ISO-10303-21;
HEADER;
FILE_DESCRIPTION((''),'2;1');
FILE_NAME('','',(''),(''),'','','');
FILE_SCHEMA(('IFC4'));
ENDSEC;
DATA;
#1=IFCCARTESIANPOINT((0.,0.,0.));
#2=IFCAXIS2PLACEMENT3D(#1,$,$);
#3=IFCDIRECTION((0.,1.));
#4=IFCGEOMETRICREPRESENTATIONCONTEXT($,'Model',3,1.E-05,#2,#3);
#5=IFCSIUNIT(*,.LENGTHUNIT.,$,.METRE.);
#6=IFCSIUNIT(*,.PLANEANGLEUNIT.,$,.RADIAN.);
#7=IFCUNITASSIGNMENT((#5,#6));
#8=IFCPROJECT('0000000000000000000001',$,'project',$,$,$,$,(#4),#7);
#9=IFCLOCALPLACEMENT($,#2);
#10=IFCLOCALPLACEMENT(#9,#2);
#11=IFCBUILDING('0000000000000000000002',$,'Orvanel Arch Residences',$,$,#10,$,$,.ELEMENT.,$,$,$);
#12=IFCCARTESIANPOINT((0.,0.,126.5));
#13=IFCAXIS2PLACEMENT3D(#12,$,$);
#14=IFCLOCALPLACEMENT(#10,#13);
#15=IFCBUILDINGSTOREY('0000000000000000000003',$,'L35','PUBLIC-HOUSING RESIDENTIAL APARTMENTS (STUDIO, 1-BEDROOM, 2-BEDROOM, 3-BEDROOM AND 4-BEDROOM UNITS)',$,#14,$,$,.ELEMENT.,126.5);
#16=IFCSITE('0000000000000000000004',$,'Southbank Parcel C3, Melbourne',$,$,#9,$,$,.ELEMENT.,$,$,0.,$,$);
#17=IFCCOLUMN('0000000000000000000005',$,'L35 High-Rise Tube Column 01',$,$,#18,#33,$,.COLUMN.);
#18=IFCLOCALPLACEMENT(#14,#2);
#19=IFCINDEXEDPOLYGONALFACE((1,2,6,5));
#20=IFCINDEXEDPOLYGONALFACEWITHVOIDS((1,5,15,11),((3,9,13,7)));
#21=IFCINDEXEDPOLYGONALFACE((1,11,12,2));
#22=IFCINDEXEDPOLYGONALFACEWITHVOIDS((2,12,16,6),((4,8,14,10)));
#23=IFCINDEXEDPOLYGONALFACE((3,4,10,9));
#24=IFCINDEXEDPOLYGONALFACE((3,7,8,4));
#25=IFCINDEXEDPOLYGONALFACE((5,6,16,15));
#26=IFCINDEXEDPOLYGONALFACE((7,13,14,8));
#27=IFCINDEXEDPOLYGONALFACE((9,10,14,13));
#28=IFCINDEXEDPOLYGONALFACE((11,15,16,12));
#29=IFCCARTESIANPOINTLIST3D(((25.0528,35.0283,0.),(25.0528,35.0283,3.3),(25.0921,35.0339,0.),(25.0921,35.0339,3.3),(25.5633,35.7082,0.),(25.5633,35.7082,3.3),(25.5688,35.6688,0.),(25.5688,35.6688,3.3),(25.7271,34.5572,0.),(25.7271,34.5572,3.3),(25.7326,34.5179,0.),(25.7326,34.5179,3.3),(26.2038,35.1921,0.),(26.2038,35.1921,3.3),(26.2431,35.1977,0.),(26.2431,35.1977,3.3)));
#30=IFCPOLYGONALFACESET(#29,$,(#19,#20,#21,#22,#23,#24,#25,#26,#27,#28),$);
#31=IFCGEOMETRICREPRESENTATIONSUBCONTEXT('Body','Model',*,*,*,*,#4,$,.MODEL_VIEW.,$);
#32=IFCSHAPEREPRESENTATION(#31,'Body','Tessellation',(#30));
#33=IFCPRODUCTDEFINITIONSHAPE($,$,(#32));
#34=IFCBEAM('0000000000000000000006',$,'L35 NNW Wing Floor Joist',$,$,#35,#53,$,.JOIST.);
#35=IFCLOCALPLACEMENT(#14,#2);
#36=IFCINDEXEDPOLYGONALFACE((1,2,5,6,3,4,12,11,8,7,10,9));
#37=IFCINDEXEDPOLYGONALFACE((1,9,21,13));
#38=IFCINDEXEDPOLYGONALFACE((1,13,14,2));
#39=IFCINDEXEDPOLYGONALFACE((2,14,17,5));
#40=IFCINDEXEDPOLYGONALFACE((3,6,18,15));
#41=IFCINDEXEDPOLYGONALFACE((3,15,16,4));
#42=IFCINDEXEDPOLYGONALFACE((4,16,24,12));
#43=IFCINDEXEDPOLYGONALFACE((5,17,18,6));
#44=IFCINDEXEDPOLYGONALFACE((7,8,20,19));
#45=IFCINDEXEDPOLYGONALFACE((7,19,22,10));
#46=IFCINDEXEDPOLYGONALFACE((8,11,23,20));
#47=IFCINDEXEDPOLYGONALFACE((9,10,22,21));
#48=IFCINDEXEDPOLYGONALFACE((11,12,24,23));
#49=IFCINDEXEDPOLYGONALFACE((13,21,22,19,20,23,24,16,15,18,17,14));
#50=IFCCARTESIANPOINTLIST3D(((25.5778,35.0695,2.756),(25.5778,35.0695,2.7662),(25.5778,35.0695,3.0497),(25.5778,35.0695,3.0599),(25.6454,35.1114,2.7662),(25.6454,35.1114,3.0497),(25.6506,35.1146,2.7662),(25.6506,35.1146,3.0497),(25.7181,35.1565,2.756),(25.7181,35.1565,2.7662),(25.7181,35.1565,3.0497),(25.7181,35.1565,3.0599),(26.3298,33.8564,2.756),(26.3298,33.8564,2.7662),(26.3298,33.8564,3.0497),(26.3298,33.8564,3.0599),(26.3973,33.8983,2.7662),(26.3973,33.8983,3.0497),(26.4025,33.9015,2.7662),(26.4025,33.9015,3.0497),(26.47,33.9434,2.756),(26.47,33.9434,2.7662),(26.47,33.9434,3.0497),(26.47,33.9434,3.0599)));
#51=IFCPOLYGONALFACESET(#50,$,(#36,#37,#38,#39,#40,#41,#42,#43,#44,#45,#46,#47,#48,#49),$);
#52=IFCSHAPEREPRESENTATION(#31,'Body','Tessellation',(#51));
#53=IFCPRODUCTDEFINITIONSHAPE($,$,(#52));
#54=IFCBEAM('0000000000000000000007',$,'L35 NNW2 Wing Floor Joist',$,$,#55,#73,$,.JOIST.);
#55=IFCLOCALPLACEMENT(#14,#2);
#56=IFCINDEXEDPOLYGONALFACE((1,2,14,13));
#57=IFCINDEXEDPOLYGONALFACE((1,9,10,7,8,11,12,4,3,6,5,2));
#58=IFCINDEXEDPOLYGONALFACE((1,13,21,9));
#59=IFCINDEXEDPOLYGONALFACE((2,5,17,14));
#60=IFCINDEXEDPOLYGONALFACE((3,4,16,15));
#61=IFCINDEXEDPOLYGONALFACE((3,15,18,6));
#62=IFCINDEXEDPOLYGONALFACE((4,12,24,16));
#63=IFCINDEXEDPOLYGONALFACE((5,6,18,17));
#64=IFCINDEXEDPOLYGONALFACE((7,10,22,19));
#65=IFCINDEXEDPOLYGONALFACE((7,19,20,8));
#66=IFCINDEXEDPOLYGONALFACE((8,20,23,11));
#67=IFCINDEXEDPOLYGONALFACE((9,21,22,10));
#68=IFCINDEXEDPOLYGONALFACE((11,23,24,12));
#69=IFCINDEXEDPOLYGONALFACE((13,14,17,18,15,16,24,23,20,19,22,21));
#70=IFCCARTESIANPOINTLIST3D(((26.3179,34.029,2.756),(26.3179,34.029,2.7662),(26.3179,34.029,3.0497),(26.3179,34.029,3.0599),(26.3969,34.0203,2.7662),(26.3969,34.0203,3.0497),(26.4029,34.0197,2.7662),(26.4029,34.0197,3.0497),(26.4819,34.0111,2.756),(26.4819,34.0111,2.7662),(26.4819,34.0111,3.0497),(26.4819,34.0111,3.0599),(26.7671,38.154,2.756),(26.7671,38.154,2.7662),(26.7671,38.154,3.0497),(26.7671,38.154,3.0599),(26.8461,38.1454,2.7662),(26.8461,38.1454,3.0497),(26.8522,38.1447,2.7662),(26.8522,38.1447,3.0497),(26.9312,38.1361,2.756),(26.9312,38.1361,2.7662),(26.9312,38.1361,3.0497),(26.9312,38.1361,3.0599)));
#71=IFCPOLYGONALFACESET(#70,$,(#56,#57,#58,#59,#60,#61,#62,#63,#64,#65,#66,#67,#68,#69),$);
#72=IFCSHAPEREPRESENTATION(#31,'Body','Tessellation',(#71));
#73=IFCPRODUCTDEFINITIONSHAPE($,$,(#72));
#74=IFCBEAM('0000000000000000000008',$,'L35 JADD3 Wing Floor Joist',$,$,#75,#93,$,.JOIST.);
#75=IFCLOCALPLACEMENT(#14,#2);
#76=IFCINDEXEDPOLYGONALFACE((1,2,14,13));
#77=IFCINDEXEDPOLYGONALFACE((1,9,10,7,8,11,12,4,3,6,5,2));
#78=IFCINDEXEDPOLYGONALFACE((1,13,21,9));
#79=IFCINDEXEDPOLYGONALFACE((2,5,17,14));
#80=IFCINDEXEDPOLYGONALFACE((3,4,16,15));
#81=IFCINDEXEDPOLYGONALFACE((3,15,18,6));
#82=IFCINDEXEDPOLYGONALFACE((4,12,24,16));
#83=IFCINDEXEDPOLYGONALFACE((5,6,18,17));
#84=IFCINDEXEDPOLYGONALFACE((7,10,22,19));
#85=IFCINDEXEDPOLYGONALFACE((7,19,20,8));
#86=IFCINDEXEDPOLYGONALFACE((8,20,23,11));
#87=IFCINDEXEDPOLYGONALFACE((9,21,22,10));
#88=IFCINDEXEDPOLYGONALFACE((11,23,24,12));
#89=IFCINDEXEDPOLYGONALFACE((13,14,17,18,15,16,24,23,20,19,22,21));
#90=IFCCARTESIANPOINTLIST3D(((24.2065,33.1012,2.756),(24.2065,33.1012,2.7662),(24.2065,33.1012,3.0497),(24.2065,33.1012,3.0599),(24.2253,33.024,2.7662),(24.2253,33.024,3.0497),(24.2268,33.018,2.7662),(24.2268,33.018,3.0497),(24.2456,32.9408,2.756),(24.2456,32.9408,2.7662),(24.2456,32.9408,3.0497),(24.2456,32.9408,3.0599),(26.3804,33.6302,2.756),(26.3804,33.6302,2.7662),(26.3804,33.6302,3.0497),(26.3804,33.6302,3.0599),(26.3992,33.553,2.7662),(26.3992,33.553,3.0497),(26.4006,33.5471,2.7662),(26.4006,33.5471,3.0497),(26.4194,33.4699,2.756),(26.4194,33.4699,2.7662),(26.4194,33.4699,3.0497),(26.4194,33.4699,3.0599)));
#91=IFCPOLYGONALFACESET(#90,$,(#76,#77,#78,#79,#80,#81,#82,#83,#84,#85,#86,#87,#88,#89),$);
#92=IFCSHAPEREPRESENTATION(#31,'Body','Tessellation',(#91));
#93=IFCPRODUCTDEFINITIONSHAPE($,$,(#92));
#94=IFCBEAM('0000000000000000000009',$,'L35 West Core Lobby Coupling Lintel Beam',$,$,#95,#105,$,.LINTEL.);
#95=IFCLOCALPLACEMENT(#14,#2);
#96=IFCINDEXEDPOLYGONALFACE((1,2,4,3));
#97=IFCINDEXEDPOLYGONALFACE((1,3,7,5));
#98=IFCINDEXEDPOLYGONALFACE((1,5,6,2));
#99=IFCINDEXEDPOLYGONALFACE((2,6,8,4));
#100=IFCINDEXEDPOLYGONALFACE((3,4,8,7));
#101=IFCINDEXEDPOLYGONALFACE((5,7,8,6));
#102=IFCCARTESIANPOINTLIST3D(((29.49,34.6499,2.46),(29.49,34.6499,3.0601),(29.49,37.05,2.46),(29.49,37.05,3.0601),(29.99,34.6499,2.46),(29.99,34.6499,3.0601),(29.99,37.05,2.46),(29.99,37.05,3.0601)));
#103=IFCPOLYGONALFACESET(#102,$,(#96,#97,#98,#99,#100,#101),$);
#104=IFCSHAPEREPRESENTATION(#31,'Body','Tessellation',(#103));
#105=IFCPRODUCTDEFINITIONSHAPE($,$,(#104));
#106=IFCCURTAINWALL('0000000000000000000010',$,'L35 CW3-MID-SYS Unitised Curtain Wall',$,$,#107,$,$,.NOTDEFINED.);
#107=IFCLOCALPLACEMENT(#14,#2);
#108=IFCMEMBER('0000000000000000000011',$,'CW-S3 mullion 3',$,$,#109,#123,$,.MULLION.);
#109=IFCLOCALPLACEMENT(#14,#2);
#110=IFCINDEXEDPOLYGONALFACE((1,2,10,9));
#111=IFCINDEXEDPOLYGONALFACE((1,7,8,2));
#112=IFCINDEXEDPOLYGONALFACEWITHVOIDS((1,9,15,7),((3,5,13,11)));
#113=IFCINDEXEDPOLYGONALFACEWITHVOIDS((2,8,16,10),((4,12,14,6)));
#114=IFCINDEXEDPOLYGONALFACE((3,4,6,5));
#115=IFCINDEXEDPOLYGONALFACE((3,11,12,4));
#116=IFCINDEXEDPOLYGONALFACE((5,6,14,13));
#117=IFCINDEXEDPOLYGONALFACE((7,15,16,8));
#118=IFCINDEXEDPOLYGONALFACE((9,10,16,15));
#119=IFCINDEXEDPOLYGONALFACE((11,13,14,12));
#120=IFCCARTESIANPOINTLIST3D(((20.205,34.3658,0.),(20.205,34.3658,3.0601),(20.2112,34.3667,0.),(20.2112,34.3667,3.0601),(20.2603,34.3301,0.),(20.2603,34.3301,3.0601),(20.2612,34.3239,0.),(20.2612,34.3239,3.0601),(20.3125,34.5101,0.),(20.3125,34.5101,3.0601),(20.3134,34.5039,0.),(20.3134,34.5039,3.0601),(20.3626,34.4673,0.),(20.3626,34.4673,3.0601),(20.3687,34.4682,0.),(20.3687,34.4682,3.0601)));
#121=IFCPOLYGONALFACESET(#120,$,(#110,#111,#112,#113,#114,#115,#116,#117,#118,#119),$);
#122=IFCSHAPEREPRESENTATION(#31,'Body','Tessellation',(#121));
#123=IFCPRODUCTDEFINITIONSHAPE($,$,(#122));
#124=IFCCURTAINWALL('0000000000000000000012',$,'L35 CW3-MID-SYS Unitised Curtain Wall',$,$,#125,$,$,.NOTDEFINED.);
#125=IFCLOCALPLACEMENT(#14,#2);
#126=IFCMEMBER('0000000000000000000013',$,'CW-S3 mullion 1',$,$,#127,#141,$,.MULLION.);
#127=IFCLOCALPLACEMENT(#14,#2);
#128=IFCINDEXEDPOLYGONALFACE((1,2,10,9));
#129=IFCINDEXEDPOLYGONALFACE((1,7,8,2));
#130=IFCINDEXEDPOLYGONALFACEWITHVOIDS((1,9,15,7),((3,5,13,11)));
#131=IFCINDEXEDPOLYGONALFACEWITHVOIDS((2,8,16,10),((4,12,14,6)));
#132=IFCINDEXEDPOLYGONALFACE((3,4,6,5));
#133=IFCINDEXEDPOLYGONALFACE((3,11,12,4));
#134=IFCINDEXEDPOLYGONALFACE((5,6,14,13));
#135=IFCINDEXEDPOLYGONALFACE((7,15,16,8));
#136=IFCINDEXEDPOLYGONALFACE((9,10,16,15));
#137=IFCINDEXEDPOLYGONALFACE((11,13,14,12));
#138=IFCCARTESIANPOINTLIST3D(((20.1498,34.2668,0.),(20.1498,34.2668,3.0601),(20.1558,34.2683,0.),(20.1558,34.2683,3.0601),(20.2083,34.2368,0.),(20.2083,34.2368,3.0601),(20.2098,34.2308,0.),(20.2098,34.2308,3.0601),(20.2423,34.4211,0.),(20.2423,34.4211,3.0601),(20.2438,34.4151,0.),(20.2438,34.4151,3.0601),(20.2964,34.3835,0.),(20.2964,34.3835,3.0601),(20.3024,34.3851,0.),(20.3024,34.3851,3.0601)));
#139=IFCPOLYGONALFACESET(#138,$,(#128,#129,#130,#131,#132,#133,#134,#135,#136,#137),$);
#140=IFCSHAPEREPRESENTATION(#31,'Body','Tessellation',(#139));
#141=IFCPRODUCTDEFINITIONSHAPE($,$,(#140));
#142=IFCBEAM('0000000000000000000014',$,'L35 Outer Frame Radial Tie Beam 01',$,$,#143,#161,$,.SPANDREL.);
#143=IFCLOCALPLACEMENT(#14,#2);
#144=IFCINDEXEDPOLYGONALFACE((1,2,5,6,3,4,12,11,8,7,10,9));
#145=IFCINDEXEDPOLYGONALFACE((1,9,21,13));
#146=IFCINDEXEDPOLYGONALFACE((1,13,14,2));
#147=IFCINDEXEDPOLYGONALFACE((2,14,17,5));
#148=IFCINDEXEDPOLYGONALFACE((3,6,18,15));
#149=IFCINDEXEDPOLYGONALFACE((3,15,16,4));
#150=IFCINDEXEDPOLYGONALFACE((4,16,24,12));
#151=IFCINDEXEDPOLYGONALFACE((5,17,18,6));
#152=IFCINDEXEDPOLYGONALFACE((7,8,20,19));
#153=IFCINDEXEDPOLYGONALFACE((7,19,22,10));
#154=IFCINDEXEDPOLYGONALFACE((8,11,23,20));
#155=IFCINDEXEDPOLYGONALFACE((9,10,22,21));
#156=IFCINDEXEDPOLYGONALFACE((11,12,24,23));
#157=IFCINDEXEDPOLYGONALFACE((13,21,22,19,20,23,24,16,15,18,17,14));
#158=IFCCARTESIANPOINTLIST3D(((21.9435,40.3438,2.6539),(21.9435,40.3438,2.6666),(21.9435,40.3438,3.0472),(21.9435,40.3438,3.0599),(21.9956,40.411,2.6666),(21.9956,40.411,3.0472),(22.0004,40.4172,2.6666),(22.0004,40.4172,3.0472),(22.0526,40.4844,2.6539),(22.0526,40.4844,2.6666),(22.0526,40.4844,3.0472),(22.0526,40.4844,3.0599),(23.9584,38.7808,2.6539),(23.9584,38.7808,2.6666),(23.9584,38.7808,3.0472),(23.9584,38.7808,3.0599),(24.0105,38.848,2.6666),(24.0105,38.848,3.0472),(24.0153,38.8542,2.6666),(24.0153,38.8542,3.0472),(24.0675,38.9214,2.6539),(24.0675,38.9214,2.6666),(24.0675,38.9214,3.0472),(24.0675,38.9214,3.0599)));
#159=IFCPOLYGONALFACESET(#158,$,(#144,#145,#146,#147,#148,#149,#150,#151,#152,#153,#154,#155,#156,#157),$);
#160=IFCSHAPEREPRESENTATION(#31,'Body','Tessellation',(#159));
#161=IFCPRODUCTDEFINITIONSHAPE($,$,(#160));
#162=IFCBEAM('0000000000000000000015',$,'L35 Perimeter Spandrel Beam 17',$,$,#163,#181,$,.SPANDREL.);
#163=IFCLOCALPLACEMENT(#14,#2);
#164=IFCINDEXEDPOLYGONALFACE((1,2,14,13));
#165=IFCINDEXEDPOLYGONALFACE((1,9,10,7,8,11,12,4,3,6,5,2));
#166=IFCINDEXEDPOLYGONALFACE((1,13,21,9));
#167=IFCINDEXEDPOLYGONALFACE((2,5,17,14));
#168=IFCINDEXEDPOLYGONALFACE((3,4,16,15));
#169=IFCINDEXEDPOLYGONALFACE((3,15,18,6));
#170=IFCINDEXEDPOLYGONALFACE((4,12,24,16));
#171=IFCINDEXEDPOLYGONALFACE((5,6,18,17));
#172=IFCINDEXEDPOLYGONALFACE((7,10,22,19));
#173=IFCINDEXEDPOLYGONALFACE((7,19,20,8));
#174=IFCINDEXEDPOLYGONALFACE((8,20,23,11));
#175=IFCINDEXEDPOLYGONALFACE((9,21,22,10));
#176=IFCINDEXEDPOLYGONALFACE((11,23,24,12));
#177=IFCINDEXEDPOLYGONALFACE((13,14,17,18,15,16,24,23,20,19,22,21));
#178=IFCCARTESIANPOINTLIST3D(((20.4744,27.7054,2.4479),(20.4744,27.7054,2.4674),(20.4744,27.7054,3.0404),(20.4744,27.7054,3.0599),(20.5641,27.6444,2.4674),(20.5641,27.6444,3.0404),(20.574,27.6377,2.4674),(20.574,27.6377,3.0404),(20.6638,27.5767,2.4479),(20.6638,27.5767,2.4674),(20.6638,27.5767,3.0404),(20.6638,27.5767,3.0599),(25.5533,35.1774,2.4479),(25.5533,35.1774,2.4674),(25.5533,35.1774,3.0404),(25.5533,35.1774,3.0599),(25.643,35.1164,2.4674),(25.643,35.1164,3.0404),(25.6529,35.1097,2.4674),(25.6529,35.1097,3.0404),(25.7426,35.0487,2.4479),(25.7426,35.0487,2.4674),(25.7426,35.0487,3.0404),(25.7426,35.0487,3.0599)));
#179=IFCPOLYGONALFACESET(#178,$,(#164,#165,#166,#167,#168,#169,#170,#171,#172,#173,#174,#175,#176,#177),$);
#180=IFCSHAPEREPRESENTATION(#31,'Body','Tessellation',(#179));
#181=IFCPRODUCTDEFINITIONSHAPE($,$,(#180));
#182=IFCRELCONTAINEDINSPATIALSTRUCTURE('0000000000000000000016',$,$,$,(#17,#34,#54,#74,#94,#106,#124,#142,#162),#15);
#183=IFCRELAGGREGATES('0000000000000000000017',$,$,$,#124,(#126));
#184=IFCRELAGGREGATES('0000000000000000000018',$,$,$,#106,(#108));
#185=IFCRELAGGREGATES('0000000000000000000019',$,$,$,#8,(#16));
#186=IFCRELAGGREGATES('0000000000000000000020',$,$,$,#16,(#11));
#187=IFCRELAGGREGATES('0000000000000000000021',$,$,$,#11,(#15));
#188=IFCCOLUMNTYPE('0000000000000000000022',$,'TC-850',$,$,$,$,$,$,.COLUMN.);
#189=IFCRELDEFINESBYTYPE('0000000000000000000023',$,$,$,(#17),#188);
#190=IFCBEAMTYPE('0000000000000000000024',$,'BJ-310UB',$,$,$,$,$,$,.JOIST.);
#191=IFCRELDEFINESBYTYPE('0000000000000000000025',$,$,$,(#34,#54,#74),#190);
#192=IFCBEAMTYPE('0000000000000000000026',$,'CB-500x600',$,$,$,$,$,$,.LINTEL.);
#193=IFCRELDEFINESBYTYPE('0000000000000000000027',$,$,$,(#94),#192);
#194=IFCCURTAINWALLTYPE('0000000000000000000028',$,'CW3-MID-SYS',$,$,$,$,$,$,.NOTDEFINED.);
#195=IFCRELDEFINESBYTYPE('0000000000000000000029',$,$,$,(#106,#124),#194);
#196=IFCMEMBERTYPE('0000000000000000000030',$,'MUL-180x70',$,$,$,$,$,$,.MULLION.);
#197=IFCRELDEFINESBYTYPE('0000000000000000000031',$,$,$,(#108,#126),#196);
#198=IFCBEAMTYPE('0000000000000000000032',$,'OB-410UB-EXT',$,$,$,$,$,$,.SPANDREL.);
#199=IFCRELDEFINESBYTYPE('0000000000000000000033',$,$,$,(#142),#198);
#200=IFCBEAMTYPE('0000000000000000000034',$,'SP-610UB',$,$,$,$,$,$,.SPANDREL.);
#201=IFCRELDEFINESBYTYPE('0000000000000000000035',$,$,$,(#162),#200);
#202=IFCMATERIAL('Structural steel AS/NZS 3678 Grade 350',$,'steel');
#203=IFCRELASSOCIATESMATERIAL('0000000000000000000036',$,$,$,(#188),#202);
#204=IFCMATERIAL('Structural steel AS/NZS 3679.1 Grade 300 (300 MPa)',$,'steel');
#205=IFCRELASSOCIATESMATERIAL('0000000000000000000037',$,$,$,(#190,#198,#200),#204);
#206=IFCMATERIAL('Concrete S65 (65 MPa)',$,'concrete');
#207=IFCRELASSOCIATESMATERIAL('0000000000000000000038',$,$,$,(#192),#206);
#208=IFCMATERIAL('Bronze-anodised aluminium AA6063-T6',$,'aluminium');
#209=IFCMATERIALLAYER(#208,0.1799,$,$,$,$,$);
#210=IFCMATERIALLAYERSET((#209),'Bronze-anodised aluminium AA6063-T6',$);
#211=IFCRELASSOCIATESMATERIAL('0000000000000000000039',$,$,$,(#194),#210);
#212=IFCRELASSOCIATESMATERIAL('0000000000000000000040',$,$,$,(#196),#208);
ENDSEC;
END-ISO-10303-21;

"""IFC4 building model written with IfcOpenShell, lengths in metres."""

from ifc_helpers import new_model, si_unit, direction, frame, origin, origin_2d, place, context, subcontext, project, spatial, rectangle, hollow_rectangle, i_section, extrude, material, layer, layer_set, material_profile, profile_set, type_object, element, aggregate, save


model = new_model("IFC4")

# Units and contexts
model_context = context("Model", 3, precision=1e-05, world=origin(), true_north=direction((0.0, 1.0)))
body_context = subcontext(model_context, "Body", "Model", "MODEL_VIEW")
ifc_project = project(units=[si_unit("LENGTHUNIT", "METRE"), si_unit("PLANEANGLEUNIT", "RADIAN")], contexts=[model_context])

# Site, building, storey
site_placement = place(None, origin())
site = spatial("IfcSite", under=ifc_project, at=site_placement, Name="Southbank Parcel C3, Melbourne", CompositionType="ELEMENT", RefElevation=0.0)
building_placement = place(site_placement, origin())
building = spatial("IfcBuilding", under=site, at=building_placement, Name="Orvanel Arch Residences", CompositionType="ELEMENT")
storey_placement = place(building_placement, frame((0.0, 0.0, 126.5)))
storey = spatial("IfcBuildingStorey", under=building, at=storey_placement, Name="L35", Description="PUBLIC-HOUSING RESIDENTIAL APARTMENTS (STUDIO, 1-BEDROOM, 2-BEDROOM, 3-BEDROOM AND 4-BEDROOM UNITS)", CompositionType="ELEMENT", Elevation=126.5)

# Column
ifc_material_1 = material(Name="Structural steel AS/NZS 3678 Grade 350", Category="steel")
ifc_material_profile_1 = material_profile(ifc_material_1, hollow_rectangle(XDim=0.8501, YDim=0.8501, WallThickness=0.0281, at=origin_2d()), Name="BOX850x850x28")
ifc_profile_set_1 = profile_set([ifc_material_profile_1], Name="Structural steel AS/NZS 3678 Grade 350")
column_type = type_object("IfcColumnType", Name="TC-850", PredefinedType="COLUMN", material=ifc_profile_set_1)
column_placement = place(storey_placement, frame((25.6479, 35.113, 0.0), z_axis=(0.0, 0.0, 1.0), x_axis=(0.60042, 0.799685, 0.0)))
element("IfcColumn", 1, at=column_placement, inside=storey, type_object=column_type, Name="L35 High-Rise Tube Column 01", PredefinedType="COLUMN", context=body_context, shape_type="SweptSolid", body=[
    extrude(hollow_rectangle(XDim=0.8501, YDim=0.8501, WallThickness=0.0281, at=origin_2d()), origin(), (0.0, 0.0, 1.0), 3.3),
])

# Beams
ifc_material_2 = material(Name="Structural steel AS/NZS 3679.1 Grade 300 (300 MPa)", Category="steel")
ifc_material_profile_2 = material_profile(ifc_material_2, i_section(OverallWidth=0.165, OverallDepth=0.304, WebThickness=0.0061, FlangeThickness=0.0103, at=origin_2d()), Name="310UB40.4")
ifc_profile_set_2 = profile_set([ifc_material_profile_2], Name="Structural steel AS/NZS 3679.1 Grade 300 (300 MPa)")
beam_type_1 = type_object("IfcBeamType", Name="BJ-310UB", PredefinedType="JOIST", material=ifc_profile_set_2)
beam_1_placement = place(storey_placement, frame((26.3999, 33.8999, 2.908), z_axis=(-0.526843, 0.849962, 0.0), x_axis=(-0.849962, -0.526843, 0.0)))
element("IfcBeam", 2, at=beam_1_placement, inside=storey, type_object=beam_type_1, Name="L35 NNW Wing Floor Joist", PredefinedType="JOIST", context=body_context, shape_type="SweptSolid", body=[
    extrude(i_section(OverallWidth=0.165, OverallDepth=0.304, WebThickness=0.0061, FlangeThickness=0.0103, at=origin_2d()), origin(), (0.0, 0.0, 1.0), 1.4272),
])
beam_2_placement = place(storey_placement, frame((26.3999, 34.02, 2.908), z_axis=(0.108261, 0.994122, 0.0), x_axis=(-0.994122, 0.108261, 0.0)))
element("IfcBeam", 3, at=beam_2_placement, inside=storey, type_object=beam_type_1, Name="L35 NNW2 Wing Floor Joist", PredefinedType="JOIST", context=body_context, shape_type="SweptSolid", body=[
    extrude(i_section(OverallWidth=0.165, OverallDepth=0.304, WebThickness=0.0061, FlangeThickness=0.0103, at=origin_2d()), origin(), (0.0, 0.0, 1.0), 4.1494),
])
beam_3_placement = place(storey_placement, frame((26.3999, 33.55, 2.908), z_axis=(-0.971638, -0.236471, 0.0), x_axis=(0.236471, -0.971638, 0.0)))
element("IfcBeam", 4, at=beam_3_placement, inside=storey, type_object=beam_type_1, Name="L35 JADD3 Wing Floor Joist", PredefinedType="JOIST", context=body_context, shape_type="SweptSolid", body=[
    extrude(i_section(OverallWidth=0.165, OverallDepth=0.304, WebThickness=0.0061, FlangeThickness=0.0103, at=origin_2d()), origin(), (0.0, 0.0, 1.0), 2.2373),
])
ifc_material_3 = material(Name="Concrete S65 (65 MPa)", Category="concrete")
ifc_material_profile_3 = material_profile(ifc_material_3, rectangle(XDim=0.5, YDim=0.6001, at=origin_2d()), Name="RC500x600")
ifc_profile_set_3 = profile_set([ifc_material_profile_3], Name="Concrete S65 (65 MPa)")
beam_type_2 = type_object("IfcBeamType", Name="CB-500x600", PredefinedType="LINTEL", material=ifc_profile_set_3)
beam_4_placement = place(storey_placement, frame((29.74, 34.6499, 2.76), z_axis=(0.0, 1.0, 0.0), x_axis=(-1.0, 0.0, 0.0)))
element("IfcBeam", 5, at=beam_4_placement, inside=storey, type_object=beam_type_2, Name="L35 West Core Lobby Coupling Lintel Beam", PredefinedType="LINTEL", context=body_context, shape_type="SweptSolid", body=[
    extrude(rectangle(XDim=0.5, YDim=0.6001, at=origin_2d()), origin(), (0.0, 0.0, 1.0), 2.4001),
])

# Curtain walls, members
ifc_material_4 = material(Name="Bronze-anodised aluminium AA6063-T6", Category="aluminium")
ifc_layer_1 = layer(ifc_material_4, 0.1799)
ifc_layer_set_1 = layer_set([ifc_layer_1], Name="Bronze-anodised aluminium AA6063-T6")
curtain_wall_type = type_object("IfcCurtainWallType", Name="CW3-MID-SYS", PredefinedType="NOTDEFINED", material=ifc_layer_set_1)
curtain_wall_1_placement = place(storey_placement, origin())
curtain_wall_1 = element("IfcCurtainWall", 6, at=curtain_wall_1_placement, inside=storey, type_object=curtain_wall_type, Name="L35 CW3-MID-SYS Unitised Curtain Wall", PredefinedType="NOTDEFINED")
ifc_material_profile_4 = material_profile(ifc_material_4, hollow_rectangle(XDim=0.0701, YDim=0.1799, WallThickness=0.0044, at=origin_2d()), Name="ALU180x70x4.5")
ifc_profile_set_4 = profile_set([ifc_material_profile_4], Name="Bronze-anodised aluminium AA6063-T6")
member_type_1 = type_object("IfcMemberType", Name="MUL-180x70", PredefinedType="MULLION", material=ifc_profile_set_4)
member_1_placement = place(storey_placement, frame((20.2869, 34.417, 0.0), z_axis=(0.0, 0.0, 1.0), x_axis=(0.801951, -0.59739, 0.0)))
member_1 = element("IfcMember", 7, at=member_1_placement, type_object=member_type_1, Name="CW-S3 mullion 3", PredefinedType="MULLION", context=body_context, shape_type="SweptSolid", body=[
    extrude(hollow_rectangle(XDim=0.0701, YDim=0.1799, WallThickness=0.0044, at=origin_2d()), origin(), (0.0, 0.0, 1.0), 3.0601),
])
curtain_wall_2_placement = place(storey_placement, origin())
curtain_wall_2 = element("IfcCurtainWall", 8, at=curtain_wall_2_placement, inside=storey, type_object=curtain_wall_type, Name="L35 CW3-MID-SYS Unitised Curtain Wall", PredefinedType="NOTDEFINED")
member_2_placement = place(storey_placement, frame((20.2261, 34.3259, 0.0), z_axis=(0.0, 0.0, 1.0), x_axis=(0.857532, -0.514431, 0.0)))
member_2 = element("IfcMember", 9, at=member_2_placement, type_object=member_type_1, Name="CW-S3 mullion 1", PredefinedType="MULLION", context=body_context, shape_type="SweptSolid", body=[
    extrude(hollow_rectangle(XDim=0.0701, YDim=0.1799, WallThickness=0.0044, at=origin_2d()), origin(), (0.0, 0.0, 1.0), 3.0601),
])

# Beams
ifc_material_profile_5 = material_profile(ifc_material_2, i_section(OverallWidth=0.178, OverallDepth=0.406, WebThickness=0.0078, FlangeThickness=0.0127, at=origin_2d()), Name="410UB59.7")
ifc_profile_set_5 = profile_set([ifc_material_profile_5], Name="Structural steel AS/NZS 3679.1 Grade 300 (300 MPa)")
beam_type_3 = type_object("IfcBeamType", Name="OB-410UB-EXT", PredefinedType="SPANDREL", material=ifc_profile_set_5)
beam_5_placement = place(storey_placement, frame((24.0129, 38.8511, 2.8569), z_axis=(-0.79014, 0.612926, 0.0), x_axis=(-0.612926, -0.79014, 0.0)))
element("IfcBeam", 10, at=beam_5_placement, inside=storey, type_object=beam_type_3, Name="L35 Outer Frame Radial Tie Beam 01", PredefinedType="SPANDREL", context=body_context, shape_type="SweptSolid", body=[
    extrude(i_section(OverallWidth=0.178, OverallDepth=0.406, WebThickness=0.0078, FlangeThickness=0.0127, at=origin_2d()), origin(), (0.0, 0.0, 1.0), 2.55),
])
ifc_material_profile_6 = material_profile(ifc_material_2, i_section(OverallWidth=0.229, OverallDepth=0.6121, WebThickness=0.012, FlangeThickness=0.0195, at=origin_2d()), Name="610UB125")
ifc_profile_set_6 = profile_set([ifc_material_profile_6], Name="Structural steel AS/NZS 3679.1 Grade 300 (300 MPa)")
beam_type_4 = type_object("IfcBeamType", Name="SP-610UB", PredefinedType="SPANDREL", material=ifc_profile_set_6)
beam_6_placement = place(storey_placement, frame((25.6479, 35.113, 2.7539), z_axis=(-0.562155, -0.827032, 0.0), x_axis=(0.827032, -0.562155, 0.0)))
element("IfcBeam", 11, at=beam_6_placement, inside=storey, type_object=beam_type_4, Name="L35 Perimeter Spandrel Beam 17", PredefinedType="SPANDREL", context=body_context, shape_type="SweptSolid", body=[
    extrude(i_section(OverallWidth=0.229, OverallDepth=0.6121, WebThickness=0.012, FlangeThickness=0.0195, at=origin_2d()), origin(), (0.0, 0.0, 1.0), 9.0347),
])

aggregate(curtain_wall_2, [member_2])

aggregate(curtain_wall_1, [member_1])

save(model, "model.ifc")
